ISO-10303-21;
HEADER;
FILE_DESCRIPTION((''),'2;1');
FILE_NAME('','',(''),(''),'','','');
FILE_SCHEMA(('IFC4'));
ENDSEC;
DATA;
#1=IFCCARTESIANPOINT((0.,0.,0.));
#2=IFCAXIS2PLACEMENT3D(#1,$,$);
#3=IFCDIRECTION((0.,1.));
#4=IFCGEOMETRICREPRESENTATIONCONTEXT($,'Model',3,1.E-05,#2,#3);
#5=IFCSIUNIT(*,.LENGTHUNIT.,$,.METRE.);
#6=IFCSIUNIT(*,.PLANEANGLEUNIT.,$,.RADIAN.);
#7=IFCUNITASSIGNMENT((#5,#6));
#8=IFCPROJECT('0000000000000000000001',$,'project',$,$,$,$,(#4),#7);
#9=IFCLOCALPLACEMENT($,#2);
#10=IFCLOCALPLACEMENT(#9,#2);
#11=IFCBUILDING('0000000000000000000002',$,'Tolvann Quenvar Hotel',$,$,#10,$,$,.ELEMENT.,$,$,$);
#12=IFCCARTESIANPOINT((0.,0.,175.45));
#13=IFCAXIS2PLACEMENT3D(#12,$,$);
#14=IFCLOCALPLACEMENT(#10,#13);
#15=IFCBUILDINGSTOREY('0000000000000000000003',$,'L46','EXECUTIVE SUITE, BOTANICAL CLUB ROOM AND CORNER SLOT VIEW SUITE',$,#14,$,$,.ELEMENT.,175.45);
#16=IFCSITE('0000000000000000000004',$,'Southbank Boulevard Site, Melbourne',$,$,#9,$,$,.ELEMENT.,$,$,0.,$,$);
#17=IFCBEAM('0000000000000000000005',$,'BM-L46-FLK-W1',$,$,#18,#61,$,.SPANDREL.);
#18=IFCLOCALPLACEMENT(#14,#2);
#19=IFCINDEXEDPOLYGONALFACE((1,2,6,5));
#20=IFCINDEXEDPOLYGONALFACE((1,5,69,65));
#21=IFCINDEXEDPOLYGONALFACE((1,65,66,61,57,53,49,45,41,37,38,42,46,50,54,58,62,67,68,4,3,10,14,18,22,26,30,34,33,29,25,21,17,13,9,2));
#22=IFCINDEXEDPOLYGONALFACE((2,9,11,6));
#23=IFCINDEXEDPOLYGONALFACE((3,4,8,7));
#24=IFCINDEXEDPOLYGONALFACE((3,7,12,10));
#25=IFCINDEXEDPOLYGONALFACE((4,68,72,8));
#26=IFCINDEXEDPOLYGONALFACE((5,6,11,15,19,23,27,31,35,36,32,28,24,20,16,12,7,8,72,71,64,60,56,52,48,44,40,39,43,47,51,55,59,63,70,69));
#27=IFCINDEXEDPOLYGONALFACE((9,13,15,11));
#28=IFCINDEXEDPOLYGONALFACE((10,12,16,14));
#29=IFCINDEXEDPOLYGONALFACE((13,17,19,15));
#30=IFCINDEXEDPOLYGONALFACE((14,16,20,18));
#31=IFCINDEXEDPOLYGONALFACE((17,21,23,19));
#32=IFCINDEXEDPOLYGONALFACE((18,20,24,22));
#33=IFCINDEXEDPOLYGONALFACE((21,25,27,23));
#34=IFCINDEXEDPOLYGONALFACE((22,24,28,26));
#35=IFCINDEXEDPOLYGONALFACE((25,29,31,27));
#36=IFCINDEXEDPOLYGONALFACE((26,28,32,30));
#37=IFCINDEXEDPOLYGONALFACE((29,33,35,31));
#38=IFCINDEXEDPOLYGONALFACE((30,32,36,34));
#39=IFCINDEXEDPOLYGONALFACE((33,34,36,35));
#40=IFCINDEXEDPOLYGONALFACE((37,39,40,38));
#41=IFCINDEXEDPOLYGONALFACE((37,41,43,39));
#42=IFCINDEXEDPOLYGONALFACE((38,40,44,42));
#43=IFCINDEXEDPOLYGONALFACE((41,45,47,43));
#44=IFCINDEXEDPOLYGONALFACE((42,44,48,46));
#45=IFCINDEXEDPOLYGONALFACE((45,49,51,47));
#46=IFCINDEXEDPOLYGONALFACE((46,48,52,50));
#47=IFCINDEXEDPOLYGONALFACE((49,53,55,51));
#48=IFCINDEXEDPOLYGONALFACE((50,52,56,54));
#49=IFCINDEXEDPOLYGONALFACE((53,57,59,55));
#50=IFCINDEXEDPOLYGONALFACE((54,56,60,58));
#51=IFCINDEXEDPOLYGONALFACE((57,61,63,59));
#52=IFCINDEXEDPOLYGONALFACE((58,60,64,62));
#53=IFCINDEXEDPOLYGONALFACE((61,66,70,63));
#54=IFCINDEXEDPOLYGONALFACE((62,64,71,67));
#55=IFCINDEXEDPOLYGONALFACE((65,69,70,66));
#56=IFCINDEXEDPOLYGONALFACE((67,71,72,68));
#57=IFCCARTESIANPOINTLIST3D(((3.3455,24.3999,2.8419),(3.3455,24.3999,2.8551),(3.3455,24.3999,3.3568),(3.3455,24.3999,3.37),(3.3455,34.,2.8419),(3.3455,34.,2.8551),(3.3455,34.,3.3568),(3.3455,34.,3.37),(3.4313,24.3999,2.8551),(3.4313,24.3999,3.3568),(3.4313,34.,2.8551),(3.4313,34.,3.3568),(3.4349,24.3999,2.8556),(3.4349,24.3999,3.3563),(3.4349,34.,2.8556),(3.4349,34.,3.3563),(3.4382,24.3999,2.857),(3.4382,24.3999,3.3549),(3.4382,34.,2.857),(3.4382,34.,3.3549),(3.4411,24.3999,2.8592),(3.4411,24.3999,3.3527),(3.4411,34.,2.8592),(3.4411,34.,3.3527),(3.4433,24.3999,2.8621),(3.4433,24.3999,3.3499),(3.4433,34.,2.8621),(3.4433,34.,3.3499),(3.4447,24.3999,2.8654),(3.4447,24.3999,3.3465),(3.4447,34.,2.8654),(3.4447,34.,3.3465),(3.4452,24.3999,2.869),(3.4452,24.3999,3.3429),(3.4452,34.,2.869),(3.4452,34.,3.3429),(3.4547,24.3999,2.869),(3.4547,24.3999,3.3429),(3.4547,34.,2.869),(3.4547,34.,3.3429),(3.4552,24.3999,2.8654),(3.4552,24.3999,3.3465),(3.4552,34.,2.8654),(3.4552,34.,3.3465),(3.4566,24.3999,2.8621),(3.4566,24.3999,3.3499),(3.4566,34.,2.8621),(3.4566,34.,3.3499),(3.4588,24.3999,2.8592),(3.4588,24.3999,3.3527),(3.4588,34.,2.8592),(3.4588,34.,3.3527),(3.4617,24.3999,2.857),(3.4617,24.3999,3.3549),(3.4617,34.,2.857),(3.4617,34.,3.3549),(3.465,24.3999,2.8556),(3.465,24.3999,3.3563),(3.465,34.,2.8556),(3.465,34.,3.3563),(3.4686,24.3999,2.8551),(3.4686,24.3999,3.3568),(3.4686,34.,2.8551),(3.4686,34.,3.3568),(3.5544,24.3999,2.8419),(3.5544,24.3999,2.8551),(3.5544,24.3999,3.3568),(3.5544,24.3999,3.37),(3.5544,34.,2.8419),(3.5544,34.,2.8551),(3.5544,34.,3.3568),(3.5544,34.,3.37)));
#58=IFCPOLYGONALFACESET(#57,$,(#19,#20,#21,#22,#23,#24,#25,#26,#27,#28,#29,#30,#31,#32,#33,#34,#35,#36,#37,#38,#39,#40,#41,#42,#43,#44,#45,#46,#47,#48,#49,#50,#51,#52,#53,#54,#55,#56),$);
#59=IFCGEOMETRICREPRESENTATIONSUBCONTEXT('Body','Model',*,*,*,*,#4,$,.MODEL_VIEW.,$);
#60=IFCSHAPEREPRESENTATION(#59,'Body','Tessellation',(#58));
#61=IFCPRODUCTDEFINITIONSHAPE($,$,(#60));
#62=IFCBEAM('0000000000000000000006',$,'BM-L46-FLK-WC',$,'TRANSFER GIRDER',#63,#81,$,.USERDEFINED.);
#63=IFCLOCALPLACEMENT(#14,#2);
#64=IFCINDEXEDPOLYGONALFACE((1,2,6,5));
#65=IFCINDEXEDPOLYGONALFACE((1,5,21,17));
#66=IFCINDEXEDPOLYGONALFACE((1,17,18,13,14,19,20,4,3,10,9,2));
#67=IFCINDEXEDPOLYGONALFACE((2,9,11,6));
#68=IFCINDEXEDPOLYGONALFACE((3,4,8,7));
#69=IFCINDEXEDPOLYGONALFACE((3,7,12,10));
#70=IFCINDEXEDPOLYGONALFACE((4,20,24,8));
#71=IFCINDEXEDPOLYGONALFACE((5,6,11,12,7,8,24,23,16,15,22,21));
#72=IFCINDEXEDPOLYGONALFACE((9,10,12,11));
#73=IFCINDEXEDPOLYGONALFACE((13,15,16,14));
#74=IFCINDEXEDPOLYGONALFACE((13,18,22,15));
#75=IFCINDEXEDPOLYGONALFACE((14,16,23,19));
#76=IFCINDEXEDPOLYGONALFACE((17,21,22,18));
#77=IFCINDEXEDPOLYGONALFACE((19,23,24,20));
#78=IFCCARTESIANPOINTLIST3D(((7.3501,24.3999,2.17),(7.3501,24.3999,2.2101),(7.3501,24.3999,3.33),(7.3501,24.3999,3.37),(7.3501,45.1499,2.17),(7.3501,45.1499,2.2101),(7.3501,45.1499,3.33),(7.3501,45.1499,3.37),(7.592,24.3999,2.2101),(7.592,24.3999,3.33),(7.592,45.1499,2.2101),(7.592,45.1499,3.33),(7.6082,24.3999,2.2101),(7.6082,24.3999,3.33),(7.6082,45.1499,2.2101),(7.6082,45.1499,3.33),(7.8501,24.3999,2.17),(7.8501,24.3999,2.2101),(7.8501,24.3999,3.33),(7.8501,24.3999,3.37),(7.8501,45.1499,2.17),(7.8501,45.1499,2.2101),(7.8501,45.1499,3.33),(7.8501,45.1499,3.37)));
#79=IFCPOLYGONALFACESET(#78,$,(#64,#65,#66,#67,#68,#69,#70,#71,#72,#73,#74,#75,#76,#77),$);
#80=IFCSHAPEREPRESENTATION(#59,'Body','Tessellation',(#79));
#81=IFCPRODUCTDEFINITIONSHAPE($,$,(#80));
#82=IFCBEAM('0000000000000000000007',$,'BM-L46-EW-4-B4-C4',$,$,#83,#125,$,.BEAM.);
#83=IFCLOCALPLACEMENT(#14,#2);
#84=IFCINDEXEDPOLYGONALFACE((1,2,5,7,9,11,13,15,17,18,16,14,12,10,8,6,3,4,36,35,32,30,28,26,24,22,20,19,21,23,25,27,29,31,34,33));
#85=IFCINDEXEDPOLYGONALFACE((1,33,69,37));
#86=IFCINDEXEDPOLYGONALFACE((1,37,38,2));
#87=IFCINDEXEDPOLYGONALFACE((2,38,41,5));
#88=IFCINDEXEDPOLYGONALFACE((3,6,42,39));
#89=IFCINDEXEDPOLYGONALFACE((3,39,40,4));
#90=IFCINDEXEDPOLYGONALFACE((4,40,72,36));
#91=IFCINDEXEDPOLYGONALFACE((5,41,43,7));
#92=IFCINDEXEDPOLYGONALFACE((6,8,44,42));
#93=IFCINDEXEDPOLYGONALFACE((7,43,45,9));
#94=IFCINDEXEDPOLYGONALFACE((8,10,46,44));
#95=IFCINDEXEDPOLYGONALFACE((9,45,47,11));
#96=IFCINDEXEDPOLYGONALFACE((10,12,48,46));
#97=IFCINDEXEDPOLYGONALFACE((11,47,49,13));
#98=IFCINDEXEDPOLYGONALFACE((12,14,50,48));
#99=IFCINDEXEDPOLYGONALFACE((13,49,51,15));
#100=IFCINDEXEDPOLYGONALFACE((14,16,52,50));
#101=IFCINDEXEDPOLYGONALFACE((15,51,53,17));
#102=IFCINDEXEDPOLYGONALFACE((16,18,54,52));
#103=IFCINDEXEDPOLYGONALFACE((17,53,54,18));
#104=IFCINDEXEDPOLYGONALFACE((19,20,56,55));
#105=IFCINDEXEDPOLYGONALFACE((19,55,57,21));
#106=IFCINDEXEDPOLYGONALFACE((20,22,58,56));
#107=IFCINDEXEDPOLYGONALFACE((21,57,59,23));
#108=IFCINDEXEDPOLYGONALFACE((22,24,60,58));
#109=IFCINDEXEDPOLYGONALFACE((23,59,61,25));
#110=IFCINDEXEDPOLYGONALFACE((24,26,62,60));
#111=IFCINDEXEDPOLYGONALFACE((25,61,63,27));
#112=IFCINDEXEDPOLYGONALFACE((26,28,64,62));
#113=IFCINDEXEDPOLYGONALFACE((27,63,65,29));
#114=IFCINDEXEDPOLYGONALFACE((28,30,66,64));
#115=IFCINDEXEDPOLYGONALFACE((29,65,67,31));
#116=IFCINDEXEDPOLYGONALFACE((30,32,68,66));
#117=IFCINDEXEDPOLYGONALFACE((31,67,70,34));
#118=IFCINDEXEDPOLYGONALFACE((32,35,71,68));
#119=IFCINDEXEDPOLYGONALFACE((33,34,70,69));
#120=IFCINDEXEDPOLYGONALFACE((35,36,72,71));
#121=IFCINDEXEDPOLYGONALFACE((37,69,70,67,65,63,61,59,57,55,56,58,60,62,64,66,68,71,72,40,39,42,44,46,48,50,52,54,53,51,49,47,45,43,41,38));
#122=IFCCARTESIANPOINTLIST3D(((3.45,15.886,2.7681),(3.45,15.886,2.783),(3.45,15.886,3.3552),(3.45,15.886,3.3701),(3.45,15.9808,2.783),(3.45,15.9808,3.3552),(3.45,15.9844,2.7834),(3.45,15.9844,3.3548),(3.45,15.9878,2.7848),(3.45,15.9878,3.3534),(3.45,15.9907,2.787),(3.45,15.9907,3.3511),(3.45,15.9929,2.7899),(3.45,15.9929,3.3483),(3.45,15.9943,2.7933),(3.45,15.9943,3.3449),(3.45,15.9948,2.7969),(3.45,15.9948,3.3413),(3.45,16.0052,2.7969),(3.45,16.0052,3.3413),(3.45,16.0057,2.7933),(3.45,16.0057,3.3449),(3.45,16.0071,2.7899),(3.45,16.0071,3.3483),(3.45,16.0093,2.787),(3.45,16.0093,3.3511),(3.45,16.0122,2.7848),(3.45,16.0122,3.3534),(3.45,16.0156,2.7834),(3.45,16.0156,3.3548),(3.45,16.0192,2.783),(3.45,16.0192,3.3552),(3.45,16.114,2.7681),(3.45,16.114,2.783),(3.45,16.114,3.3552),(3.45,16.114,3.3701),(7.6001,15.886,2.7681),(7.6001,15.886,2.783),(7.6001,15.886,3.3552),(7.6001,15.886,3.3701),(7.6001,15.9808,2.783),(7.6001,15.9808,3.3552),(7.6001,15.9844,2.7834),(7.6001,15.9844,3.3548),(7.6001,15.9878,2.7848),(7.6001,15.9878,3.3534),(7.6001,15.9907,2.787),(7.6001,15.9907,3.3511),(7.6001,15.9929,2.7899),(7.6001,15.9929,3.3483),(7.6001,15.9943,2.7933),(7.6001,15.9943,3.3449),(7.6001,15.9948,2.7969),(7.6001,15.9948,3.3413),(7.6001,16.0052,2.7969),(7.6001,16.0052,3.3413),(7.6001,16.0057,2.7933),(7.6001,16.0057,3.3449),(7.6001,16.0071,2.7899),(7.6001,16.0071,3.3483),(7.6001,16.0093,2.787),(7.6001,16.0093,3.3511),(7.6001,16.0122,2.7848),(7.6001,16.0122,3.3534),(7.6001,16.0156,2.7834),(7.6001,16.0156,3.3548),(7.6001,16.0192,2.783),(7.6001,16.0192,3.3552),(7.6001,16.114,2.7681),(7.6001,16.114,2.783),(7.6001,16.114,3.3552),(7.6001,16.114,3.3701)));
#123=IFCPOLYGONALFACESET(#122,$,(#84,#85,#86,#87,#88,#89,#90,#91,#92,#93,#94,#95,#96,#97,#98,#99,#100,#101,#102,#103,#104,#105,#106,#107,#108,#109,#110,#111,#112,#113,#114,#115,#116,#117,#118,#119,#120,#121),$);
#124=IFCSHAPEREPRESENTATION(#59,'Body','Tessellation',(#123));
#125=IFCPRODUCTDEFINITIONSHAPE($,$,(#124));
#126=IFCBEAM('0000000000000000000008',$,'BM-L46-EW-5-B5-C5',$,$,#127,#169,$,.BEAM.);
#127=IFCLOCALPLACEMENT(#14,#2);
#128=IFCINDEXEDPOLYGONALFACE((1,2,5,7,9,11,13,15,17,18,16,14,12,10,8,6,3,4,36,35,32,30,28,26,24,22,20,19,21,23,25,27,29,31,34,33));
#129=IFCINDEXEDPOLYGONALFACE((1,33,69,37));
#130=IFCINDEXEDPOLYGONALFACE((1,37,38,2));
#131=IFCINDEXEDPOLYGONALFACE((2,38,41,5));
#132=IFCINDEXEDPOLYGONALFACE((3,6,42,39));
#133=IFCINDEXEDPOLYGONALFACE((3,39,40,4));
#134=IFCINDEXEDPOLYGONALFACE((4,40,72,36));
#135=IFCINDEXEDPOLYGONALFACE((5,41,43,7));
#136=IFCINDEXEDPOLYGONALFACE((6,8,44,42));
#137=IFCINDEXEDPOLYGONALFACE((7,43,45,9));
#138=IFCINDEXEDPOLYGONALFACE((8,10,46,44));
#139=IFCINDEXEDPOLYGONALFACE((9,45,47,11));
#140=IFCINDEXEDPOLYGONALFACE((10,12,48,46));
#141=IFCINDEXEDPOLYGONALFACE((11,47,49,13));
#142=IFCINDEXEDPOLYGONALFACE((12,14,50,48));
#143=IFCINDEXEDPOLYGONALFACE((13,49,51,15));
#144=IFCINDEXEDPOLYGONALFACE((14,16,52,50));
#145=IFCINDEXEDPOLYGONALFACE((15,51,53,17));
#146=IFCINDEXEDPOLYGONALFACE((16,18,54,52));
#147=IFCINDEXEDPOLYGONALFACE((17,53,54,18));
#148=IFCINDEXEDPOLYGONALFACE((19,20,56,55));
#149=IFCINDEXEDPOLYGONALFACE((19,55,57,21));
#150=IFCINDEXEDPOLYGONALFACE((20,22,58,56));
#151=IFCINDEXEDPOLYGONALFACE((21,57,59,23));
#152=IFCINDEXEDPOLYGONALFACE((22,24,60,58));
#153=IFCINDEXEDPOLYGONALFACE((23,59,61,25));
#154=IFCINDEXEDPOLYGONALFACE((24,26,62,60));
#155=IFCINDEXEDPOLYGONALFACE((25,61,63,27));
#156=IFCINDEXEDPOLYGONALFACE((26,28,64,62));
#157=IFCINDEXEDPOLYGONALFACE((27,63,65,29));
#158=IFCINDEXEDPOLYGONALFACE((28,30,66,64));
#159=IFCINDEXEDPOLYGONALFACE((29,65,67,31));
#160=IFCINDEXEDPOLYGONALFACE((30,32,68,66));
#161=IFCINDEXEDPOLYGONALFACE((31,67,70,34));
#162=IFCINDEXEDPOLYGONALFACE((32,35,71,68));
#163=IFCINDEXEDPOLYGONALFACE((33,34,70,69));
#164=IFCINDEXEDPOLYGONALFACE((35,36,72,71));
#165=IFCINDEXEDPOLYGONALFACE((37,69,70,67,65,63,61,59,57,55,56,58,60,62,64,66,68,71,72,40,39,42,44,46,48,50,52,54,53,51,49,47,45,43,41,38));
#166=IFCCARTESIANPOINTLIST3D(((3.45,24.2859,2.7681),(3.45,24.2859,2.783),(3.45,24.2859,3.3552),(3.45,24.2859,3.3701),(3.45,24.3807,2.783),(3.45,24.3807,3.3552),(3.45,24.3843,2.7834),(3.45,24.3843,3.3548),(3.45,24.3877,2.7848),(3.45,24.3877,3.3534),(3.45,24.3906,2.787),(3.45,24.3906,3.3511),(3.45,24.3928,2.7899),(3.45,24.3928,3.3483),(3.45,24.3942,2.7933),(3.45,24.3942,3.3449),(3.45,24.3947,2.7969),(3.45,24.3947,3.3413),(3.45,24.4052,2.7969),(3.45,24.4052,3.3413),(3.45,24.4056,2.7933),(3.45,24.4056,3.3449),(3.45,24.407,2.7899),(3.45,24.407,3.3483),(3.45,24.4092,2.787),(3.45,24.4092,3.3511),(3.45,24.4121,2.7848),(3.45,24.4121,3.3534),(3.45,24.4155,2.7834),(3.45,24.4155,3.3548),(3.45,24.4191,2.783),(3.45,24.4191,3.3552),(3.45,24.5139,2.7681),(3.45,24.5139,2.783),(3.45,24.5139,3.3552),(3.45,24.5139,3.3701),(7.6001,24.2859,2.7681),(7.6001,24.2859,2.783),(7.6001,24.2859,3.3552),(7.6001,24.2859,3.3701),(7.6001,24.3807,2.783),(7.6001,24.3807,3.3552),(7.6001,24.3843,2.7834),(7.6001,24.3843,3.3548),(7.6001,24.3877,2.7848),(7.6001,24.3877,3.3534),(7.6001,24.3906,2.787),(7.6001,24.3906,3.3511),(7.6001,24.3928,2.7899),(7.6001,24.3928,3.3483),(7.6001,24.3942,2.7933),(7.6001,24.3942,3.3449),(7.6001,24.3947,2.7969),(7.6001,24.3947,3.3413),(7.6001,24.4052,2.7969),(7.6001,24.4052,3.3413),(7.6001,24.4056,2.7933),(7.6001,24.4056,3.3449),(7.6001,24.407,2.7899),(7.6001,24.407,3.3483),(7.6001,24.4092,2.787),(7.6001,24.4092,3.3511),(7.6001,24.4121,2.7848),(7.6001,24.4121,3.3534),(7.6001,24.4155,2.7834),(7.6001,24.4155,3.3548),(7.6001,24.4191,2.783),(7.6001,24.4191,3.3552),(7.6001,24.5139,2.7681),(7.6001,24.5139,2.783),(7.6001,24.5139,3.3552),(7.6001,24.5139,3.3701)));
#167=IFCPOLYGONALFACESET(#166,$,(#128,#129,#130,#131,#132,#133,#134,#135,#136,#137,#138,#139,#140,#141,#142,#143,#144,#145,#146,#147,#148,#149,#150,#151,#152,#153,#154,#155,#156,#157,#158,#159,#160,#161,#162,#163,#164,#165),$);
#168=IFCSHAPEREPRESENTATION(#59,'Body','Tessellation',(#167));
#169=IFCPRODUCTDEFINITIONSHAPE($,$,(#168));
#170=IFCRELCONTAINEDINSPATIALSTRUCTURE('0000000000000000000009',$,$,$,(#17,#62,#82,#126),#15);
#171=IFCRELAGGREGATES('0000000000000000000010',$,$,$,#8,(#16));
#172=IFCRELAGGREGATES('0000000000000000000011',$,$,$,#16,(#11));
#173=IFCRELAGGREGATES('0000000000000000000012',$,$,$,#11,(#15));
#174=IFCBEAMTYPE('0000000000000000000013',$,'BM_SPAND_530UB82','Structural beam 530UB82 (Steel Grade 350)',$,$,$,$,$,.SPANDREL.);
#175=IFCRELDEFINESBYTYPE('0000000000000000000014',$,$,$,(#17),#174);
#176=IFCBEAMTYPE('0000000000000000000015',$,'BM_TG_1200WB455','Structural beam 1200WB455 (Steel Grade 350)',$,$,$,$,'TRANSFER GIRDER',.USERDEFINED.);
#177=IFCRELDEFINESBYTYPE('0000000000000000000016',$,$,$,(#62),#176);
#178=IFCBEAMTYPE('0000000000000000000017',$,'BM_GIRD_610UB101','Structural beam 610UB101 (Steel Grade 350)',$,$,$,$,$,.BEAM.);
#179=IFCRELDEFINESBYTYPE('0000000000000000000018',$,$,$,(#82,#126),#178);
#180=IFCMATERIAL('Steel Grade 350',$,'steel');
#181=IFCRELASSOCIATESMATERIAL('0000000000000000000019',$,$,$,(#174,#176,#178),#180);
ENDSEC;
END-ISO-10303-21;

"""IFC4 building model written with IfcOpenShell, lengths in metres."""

from ifc_helpers import new_model, si_unit, direction, frame, origin, origin_2d, place, context, subcontext, project, spatial, i_section, extrude, source, transform, mapped, material, material_profile, profile_set, type_object, type_shapes, element, save


model = new_model("IFC4")

# Units and contexts
model_context = context("Model", 3, precision=1e-05, world=origin(), true_north=direction((0.0, 1.0)))
body_context = subcontext(model_context, "Body", "Model", "MODEL_VIEW")
ifc_project = project(units=[si_unit("LENGTHUNIT", "METRE"), si_unit("PLANEANGLEUNIT", "RADIAN")], contexts=[model_context])

# Site, building, storey
site_placement = place(None, origin())
site = spatial("IfcSite", under=ifc_project, at=site_placement, Name="Southbank Boulevard Site, Melbourne", CompositionType="ELEMENT", RefElevation=0.0)
building_placement = place(site_placement, origin())
building = spatial("IfcBuilding", under=site, at=building_placement, Name="Tolvann Quenvar Hotel", CompositionType="ELEMENT")
storey_placement = place(building_placement, frame((0.0, 0.0, 175.45)))
storey = spatial("IfcBuildingStorey", under=building, at=storey_placement, Name="L46", Description="EXECUTIVE SUITE, BOTANICAL CLUB ROOM AND CORNER SLOT VIEW SUITE", CompositionType="ELEMENT", Elevation=175.45)

# Shared definitions
ifc_material_1 = material(Name="Steel Grade 350", Category="steel")

# Beams
ifc_material_profile_1 = material_profile(ifc_material_1, i_section(OverallWidth=0.209, OverallDepth=0.5281, WebThickness=0.0095, FlangeThickness=0.0132, FilletRadius=0.0139, at=origin_2d()), Name="530UB82")
ifc_profile_set_1 = profile_set([ifc_material_profile_1], Name="Steel Grade 350")
beam_type_1 = type_object("IfcBeamType", Name="BM_SPAND_530UB82", Description="Structural beam 530UB82 (Steel Grade 350)", PredefinedType="SPANDREL", material=ifc_profile_set_1)
shared_shape_1 = source(origin(), body_context, "Body", "SweptSolid", [
    extrude(i_section(OverallWidth=0.209, OverallDepth=0.5281, WebThickness=0.0095, FlangeThickness=0.0132, FilletRadius=0.0139, at=origin_2d()), origin(), (0.0, 0.0, 1.0), 9.6001),
])
beam_1_placement = place(storey_placement, frame((3.45, 24.3999, 3.106), z_axis=(0.0, 1.0, 0.0), x_axis=(-1.0, 0.0, 0.0)))
element("IfcBeam", 1, at=beam_1_placement, inside=storey, type_object=beam_type_1, Name="BM-L46-FLK-W1", PredefinedType="SPANDREL", context=body_context, shape_type="MappedRepresentation", body=[
    mapped(shared_shape_1, transform((0.0, 0.0, 0.0), x_axis=(1.0, 0.0, 0.0), y_axis=(0.0, 1.0, 0.0), z_axis=(0.0, 0.0, 1.0), scale=1.0)),
])
ifc_material_profile_2 = material_profile(ifc_material_1, i_section(OverallWidth=0.5, OverallDepth=1.2, WebThickness=0.0161, FlangeThickness=0.04, at=origin_2d()), Name="1200WB455")
ifc_profile_set_2 = profile_set([ifc_material_profile_2], Name="Steel Grade 350")
beam_type_2 = type_object("IfcBeamType", Name="BM_TG_1200WB455", Description="Structural beam 1200WB455 (Steel Grade 350)", ElementType="TRANSFER GIRDER", PredefinedType="USERDEFINED", material=ifc_profile_set_2)
shared_shape_2 = source(origin(), body_context, "Body", "SweptSolid", [
    extrude(i_section(OverallWidth=0.5, OverallDepth=1.2, WebThickness=0.0161, FlangeThickness=0.04, at=origin_2d()), origin(), (0.0, 0.0, 1.0), 20.75),
])
type_shapes(beam_type_2, [shared_shape_2])
beam_2_placement = place(storey_placement, frame((7.6001, 24.3999, 2.77), z_axis=(0.0, 1.0, 0.0), x_axis=(-1.0, 0.0, 0.0)))
element("IfcBeam", 2, at=beam_2_placement, inside=storey, type_object=beam_type_2, Name="BM-L46-FLK-WC", ObjectType="TRANSFER GIRDER", PredefinedType="USERDEFINED", context=body_context, shape_type="MappedRepresentation", body=[
    mapped(shared_shape_2, transform((0.0, 0.0, 0.0), x_axis=(1.0, 0.0, 0.0), y_axis=(0.0, 1.0, 0.0), z_axis=(0.0, 0.0, 1.0), scale=1.0)),
])
ifc_material_profile_3 = material_profile(ifc_material_1, i_section(OverallWidth=0.228, OverallDepth=0.6021, WebThickness=0.0105, FlangeThickness=0.0149, FilletRadius=0.0139, at=origin_2d()), Name="610UB101")
ifc_profile_set_3 = profile_set([ifc_material_profile_3], Name="Steel Grade 350")
beam_type_3 = type_object("IfcBeamType", Name="BM_GIRD_610UB101", Description="Structural beam 610UB101 (Steel Grade 350)", PredefinedType="BEAM", material=ifc_profile_set_3)
shared_shape_3 = source(origin(), body_context, "Body", "SweptSolid", [
    extrude(i_section(OverallWidth=0.228, OverallDepth=0.6021, WebThickness=0.0105, FlangeThickness=0.0149, FilletRadius=0.0139, at=origin_2d()), origin(), (0.0, 0.0, 1.0), 4.1501),
])
for number, where, z_axis, x_axis, name in (
    (3, (3.45, 16.0, 3.0691), (1.0, 0.0, 0.0), (0.0, 1.0, 0.0), "BM-L46-EW-4-B4-C4"),
    (4, (3.45, 24.3999, 3.0691), (1.0, 0.0, 0.0), (0.0, 1.0, 0.0), "BM-L46-EW-5-B5-C5"),
):
    element("IfcBeam", number, at=place(storey_placement, frame(where, z_axis=z_axis, x_axis=x_axis)), inside=storey, type_object=beam_type_3, Name=name, PredefinedType="BEAM", context=body_context, shape_type="MappedRepresentation", body=[
        mapped(shared_shape_3, transform((0.0, 0.0, 0.0), x_axis=(1.0, 0.0, 0.0), y_axis=(0.0, 1.0, 0.0), z_axis=(0.0, 0.0, 1.0), scale=1.0)),
    ])

save(model, "model.ifc")
